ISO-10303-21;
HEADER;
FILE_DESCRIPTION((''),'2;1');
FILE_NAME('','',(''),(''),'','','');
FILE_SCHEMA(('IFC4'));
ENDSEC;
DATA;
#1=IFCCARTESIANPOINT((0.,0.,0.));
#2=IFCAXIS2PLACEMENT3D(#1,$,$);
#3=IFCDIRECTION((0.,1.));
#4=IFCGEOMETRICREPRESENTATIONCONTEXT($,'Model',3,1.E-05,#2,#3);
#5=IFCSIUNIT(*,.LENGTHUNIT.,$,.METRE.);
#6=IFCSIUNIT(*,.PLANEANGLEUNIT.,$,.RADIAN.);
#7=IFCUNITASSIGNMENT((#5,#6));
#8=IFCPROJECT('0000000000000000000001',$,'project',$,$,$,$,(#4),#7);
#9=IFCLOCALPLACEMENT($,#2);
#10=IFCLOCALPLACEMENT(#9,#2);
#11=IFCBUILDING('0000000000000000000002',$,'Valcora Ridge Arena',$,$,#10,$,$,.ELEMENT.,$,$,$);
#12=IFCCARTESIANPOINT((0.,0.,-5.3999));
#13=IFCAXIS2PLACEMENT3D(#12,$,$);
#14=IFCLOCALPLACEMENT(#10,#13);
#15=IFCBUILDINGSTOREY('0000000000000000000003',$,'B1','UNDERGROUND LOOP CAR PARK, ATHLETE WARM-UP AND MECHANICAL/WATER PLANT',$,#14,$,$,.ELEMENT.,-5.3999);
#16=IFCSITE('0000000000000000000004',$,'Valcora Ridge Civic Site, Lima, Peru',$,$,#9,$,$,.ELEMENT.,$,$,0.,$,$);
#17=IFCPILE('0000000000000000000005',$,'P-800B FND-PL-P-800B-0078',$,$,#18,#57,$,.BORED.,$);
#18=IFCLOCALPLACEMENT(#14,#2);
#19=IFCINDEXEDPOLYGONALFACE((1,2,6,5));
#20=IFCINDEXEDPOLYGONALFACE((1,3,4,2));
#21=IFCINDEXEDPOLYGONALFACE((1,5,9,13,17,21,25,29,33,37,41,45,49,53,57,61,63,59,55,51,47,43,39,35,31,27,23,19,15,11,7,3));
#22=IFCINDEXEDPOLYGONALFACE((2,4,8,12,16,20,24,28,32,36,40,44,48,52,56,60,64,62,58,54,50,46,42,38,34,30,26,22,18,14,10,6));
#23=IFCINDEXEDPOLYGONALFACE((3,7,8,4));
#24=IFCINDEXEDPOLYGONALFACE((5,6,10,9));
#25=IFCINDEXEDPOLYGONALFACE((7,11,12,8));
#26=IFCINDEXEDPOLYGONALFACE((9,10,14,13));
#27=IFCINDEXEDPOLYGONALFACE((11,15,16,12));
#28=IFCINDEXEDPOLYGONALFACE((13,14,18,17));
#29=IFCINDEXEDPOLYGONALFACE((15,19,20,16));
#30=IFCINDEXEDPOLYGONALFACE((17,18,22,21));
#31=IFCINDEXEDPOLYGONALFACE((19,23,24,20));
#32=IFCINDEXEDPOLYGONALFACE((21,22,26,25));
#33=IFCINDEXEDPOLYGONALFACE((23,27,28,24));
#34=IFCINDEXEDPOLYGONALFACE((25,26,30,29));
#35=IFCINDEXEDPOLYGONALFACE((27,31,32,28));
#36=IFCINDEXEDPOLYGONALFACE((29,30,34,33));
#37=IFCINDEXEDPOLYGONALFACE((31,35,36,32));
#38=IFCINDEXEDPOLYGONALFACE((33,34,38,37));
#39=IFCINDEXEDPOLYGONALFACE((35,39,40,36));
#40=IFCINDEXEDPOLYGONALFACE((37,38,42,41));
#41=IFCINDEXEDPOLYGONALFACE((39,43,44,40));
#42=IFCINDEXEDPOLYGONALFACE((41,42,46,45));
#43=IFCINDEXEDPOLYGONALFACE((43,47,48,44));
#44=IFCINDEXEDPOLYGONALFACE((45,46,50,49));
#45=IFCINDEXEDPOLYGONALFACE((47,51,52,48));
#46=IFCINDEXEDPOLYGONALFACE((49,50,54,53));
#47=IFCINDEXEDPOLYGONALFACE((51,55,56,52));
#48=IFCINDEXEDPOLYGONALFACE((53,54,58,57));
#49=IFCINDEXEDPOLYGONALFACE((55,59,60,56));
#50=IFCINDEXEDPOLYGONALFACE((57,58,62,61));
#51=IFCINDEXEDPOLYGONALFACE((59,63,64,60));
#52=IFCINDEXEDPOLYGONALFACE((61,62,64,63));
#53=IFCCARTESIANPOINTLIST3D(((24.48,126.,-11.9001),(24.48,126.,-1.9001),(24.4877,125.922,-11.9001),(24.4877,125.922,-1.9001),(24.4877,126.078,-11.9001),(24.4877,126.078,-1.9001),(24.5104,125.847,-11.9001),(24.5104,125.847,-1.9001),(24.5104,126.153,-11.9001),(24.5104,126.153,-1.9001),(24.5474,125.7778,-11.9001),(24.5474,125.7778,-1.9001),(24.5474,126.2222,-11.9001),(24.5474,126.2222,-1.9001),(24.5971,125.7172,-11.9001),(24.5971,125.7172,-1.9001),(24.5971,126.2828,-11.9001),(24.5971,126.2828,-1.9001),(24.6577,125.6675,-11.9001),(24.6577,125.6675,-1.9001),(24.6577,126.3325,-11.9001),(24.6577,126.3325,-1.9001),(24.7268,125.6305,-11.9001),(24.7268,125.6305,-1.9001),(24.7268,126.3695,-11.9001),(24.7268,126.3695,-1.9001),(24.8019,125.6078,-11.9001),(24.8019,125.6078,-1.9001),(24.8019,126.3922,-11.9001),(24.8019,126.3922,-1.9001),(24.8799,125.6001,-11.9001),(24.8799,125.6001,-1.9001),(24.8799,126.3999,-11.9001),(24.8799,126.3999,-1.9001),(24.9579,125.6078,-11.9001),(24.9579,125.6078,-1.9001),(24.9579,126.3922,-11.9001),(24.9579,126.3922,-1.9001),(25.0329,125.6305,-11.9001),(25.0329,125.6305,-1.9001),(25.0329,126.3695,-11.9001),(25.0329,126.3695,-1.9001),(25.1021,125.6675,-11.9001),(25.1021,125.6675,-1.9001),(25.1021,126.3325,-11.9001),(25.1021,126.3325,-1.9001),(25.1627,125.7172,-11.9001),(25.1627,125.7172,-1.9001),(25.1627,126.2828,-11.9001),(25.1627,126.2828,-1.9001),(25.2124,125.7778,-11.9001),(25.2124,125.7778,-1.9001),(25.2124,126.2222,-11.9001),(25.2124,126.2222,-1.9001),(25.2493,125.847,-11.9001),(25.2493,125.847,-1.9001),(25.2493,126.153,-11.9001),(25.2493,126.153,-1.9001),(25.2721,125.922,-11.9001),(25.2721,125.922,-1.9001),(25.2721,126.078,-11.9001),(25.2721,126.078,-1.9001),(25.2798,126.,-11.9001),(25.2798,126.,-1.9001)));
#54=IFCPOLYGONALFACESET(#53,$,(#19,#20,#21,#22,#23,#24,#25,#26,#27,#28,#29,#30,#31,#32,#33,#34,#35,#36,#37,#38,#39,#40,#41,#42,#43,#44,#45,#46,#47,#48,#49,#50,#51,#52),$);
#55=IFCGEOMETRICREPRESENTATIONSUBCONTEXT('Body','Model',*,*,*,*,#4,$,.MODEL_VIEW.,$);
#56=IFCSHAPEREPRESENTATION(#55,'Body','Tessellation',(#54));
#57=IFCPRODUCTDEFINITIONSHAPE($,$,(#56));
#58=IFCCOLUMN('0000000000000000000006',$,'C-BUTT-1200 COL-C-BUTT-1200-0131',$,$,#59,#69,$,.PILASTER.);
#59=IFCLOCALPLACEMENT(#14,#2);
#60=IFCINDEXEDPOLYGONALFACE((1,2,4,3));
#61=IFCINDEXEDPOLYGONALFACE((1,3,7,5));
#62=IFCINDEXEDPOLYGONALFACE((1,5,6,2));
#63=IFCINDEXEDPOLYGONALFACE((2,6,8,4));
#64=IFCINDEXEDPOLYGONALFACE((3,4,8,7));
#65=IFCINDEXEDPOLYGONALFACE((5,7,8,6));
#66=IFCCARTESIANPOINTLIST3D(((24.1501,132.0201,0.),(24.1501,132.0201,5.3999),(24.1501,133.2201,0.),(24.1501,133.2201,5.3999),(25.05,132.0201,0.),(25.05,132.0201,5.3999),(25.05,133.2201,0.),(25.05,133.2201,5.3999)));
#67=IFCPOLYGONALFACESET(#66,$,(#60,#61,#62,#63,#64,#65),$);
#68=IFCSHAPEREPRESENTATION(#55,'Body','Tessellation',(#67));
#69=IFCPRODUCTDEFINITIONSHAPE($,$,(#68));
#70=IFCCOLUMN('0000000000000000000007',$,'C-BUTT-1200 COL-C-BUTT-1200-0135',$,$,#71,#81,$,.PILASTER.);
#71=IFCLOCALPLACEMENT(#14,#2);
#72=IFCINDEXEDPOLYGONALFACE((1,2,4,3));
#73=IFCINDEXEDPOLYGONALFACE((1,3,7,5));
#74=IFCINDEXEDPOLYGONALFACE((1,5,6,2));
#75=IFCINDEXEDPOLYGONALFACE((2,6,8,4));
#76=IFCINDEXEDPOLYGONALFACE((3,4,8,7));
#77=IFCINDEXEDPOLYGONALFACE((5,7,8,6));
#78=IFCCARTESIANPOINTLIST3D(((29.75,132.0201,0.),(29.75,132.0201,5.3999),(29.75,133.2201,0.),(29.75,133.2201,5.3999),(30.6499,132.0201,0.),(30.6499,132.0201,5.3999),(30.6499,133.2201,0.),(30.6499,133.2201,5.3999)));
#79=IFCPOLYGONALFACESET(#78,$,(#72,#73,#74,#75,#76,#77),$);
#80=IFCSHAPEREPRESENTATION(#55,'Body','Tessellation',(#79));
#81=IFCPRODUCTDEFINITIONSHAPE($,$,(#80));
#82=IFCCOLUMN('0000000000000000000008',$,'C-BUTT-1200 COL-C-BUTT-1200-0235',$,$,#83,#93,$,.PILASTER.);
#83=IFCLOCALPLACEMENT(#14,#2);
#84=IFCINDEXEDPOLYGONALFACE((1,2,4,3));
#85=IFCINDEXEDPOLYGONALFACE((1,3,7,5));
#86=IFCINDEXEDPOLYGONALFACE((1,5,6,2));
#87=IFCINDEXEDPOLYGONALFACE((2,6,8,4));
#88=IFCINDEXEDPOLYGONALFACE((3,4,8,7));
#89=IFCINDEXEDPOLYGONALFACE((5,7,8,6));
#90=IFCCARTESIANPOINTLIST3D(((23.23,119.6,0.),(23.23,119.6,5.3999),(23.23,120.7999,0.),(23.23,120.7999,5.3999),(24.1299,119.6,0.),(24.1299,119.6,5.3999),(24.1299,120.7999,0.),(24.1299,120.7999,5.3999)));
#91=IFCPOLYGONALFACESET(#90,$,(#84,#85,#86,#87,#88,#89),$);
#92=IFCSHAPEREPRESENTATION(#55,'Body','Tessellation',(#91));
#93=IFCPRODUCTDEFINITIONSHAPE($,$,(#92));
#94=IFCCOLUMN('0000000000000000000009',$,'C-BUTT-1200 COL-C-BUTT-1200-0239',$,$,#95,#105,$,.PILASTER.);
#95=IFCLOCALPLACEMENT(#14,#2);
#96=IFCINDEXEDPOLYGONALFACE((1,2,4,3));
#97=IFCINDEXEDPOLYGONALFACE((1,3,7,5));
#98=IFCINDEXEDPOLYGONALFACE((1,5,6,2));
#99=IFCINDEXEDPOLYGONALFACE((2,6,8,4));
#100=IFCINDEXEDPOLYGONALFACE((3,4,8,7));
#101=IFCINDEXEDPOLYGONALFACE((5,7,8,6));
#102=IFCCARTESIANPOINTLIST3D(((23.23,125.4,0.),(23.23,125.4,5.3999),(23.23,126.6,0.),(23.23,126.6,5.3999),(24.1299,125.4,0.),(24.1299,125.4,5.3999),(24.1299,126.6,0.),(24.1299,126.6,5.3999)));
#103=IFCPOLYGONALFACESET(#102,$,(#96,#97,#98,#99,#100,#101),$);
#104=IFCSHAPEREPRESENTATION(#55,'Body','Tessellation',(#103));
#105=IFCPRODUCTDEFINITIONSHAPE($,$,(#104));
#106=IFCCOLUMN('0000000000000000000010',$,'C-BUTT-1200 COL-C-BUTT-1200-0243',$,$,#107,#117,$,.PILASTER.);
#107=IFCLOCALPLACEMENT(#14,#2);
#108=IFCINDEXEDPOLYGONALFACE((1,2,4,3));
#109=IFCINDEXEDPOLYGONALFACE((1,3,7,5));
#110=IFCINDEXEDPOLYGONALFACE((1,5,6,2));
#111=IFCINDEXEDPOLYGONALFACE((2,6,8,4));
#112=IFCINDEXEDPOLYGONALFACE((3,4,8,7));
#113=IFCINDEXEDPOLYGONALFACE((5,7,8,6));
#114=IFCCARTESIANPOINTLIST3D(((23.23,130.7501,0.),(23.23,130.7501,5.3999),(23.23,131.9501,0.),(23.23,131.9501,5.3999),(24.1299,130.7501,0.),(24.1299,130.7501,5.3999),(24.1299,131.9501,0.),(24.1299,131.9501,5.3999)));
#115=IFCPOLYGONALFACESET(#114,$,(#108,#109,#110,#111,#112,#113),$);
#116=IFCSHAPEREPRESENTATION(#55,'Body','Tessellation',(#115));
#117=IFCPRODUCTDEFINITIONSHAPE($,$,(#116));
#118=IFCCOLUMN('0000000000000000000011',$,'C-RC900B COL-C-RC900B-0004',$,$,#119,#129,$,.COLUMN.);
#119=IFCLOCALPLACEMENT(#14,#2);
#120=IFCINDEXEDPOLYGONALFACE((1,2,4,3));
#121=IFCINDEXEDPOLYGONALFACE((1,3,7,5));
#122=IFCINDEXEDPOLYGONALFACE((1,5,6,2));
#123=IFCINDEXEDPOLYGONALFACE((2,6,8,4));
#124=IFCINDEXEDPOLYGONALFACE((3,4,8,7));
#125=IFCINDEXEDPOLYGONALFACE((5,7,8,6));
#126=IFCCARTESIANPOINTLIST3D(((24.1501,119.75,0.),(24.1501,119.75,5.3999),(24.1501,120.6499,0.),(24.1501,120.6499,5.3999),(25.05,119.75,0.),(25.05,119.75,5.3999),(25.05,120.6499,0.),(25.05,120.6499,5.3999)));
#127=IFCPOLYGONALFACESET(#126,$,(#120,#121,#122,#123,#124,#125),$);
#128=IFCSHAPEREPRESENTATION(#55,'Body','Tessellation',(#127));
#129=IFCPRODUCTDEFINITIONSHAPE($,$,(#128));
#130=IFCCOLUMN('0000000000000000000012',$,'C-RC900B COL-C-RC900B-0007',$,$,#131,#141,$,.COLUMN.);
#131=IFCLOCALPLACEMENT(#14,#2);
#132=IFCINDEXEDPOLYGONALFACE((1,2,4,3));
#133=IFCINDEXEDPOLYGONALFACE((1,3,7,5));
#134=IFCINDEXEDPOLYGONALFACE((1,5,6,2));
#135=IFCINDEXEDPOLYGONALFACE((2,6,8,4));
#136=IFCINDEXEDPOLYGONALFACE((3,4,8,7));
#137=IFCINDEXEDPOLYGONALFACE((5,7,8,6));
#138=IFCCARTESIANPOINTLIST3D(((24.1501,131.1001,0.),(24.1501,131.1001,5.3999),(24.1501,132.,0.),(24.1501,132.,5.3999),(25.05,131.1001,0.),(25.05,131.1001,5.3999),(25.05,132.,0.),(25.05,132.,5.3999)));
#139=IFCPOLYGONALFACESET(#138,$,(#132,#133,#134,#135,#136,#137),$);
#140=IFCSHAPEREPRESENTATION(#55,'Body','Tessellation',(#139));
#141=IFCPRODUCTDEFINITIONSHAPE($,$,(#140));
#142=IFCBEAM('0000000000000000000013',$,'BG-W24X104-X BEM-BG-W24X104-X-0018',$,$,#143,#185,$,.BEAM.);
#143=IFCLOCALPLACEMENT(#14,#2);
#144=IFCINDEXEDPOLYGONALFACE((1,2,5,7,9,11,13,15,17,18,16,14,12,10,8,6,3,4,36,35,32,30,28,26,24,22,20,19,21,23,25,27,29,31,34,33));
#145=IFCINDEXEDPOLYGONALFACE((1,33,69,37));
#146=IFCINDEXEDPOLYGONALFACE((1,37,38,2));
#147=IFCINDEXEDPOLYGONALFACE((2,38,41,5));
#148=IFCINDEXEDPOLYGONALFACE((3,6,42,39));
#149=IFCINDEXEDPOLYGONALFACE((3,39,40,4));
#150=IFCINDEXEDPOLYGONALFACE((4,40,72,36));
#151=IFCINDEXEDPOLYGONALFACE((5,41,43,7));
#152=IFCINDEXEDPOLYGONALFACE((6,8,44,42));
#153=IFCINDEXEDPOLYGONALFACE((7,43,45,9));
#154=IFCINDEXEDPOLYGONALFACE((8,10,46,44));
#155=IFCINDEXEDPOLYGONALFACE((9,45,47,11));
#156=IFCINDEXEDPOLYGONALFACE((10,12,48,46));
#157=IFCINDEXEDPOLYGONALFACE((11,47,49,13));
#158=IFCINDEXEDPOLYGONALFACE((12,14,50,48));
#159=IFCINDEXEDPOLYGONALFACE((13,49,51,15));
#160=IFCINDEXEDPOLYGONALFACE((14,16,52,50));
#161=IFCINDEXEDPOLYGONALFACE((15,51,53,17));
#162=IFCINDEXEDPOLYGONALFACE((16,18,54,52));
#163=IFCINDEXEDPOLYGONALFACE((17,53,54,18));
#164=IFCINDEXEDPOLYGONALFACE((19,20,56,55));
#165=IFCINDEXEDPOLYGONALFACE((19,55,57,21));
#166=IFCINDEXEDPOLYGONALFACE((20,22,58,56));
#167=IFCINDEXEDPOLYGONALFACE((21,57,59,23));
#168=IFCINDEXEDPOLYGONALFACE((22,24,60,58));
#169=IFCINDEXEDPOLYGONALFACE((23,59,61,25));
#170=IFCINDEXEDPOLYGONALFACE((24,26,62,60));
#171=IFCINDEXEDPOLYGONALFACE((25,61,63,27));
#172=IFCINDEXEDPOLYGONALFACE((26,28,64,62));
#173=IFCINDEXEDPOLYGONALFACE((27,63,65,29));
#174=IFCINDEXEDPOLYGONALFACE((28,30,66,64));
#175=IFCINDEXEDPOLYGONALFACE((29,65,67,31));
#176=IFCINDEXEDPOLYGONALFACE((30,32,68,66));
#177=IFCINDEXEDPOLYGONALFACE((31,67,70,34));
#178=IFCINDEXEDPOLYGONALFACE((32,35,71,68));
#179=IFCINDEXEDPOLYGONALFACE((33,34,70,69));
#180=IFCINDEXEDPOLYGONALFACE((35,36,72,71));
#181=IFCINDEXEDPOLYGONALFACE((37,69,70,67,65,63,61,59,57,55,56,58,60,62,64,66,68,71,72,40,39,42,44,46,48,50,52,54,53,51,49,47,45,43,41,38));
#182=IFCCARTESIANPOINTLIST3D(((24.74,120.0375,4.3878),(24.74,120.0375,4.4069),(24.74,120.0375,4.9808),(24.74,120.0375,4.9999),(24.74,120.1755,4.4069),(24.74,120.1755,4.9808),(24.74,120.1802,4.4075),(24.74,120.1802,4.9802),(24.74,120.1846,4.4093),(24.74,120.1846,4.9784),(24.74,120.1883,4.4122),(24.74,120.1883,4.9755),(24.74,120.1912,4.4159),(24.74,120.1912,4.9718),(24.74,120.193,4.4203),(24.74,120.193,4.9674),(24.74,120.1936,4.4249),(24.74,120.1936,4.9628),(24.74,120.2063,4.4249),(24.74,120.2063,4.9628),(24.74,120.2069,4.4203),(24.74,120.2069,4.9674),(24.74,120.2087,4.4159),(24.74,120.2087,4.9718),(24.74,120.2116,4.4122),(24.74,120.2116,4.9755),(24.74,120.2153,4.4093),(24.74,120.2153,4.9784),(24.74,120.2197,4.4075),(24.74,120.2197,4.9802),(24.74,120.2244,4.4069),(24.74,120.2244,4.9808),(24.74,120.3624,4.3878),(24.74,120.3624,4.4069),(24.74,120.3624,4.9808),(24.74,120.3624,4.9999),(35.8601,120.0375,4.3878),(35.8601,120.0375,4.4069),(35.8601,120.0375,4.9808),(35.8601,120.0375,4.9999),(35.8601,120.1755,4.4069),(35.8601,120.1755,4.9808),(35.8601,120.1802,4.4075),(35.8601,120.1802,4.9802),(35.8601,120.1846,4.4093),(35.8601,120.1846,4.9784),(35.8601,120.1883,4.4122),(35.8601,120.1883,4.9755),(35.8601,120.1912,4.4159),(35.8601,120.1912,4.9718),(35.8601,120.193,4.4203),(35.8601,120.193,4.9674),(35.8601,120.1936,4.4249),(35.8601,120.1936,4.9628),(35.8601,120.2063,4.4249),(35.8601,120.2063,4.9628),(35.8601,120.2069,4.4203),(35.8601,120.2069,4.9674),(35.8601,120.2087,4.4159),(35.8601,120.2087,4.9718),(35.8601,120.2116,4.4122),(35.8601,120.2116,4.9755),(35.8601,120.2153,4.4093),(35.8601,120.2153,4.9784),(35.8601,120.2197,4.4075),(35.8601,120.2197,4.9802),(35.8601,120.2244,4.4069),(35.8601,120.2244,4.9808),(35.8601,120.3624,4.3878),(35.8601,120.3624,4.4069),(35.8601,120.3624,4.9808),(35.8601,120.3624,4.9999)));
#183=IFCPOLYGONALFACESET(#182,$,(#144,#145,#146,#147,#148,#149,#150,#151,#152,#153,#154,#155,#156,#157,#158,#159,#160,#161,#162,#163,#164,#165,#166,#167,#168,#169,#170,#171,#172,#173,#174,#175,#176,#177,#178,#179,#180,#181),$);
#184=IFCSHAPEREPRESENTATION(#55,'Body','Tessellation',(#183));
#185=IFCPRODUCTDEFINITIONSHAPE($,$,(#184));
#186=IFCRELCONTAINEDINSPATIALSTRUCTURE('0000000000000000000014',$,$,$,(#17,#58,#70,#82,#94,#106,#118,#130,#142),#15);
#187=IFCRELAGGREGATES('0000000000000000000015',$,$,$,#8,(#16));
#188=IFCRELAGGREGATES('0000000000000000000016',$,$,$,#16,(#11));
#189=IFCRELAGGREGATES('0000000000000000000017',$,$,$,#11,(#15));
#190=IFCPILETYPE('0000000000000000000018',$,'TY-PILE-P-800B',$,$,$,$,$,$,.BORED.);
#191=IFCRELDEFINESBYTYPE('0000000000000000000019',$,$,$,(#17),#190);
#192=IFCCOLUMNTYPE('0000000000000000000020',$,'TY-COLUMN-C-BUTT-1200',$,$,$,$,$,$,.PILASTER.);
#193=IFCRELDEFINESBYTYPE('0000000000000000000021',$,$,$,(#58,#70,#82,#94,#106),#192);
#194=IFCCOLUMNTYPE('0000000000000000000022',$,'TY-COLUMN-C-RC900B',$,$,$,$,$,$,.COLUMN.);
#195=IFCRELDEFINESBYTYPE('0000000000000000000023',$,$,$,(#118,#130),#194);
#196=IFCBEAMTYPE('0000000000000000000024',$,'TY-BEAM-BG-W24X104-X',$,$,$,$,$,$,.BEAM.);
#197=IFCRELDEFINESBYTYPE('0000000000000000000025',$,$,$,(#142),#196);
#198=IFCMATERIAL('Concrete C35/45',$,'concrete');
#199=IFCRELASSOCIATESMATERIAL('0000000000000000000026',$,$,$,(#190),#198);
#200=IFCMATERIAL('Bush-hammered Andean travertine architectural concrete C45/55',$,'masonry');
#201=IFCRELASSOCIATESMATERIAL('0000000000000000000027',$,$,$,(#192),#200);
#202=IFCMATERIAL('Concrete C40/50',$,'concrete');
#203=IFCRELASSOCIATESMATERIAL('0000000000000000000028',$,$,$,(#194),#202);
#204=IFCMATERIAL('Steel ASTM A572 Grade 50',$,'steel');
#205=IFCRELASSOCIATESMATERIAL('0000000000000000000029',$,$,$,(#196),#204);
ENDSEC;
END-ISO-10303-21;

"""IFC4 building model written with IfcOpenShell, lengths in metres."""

from ifc_helpers import new_model, si_unit, direction, frame, origin, origin_2d, place, context, subcontext, project, spatial, rectangle, circle, i_section, extrude, material, material_profile, profile_set, type_object, element, save


model = new_model("IFC4")

# Units and contexts
model_context = context("Model", 3, precision=1e-05, world=origin(), true_north=direction((0.0, 1.0)))
body_context = subcontext(model_context, "Body", "Model", "MODEL_VIEW")
ifc_project = project(units=[si_unit("LENGTHUNIT", "METRE"), si_unit("PLANEANGLEUNIT", "RADIAN")], contexts=[model_context])

# Site, building, storey
site_placement = place(None, origin())
site = spatial("IfcSite", under=ifc_project, at=site_placement, Name="Valcora Ridge Civic Site, Lima, Peru", CompositionType="ELEMENT", RefElevation=0.0)
building_placement = place(site_placement, origin())
building = spatial("IfcBuilding", under=site, at=building_placement, Name="Valcora Ridge Arena", CompositionType="ELEMENT")
storey_placement = place(building_placement, frame((0.0, 0.0, -5.3999)))
storey = spatial("IfcBuildingStorey", under=building, at=storey_placement, Name="B1", Description="UNDERGROUND LOOP CAR PARK, ATHLETE WARM-UP AND MECHANICAL/WATER PLANT", CompositionType="ELEMENT", Elevation=-5.3999)

# Shared definitions
ifc_material_1 = material(Name="Concrete C40/50", Category="concrete")

# Pile
ifc_material_2 = material(Name="Concrete C35/45", Category="concrete")
ifc_material_profile_1 = material_profile(ifc_material_2, circle(Radius=0.3999, at=origin_2d()), Name="BORED PILE D800")
ifc_profile_set_1 = profile_set([ifc_material_profile_1], Name="Concrete C35/45")
pile_type_1 = type_object("IfcPileType", Name="TY-PILE-P-800B", PredefinedType="BORED", material=ifc_profile_set_1)
for number, where, z_axis, x_axis, name in (
    (1, (24.8799, 126.0, -1.9001), (0.0, 0.0, -1.0), (1.0, 0.0, 0.0), "P-800B FND-PL-P-800B-0078"),
):
    element("IfcPile", number, at=place(storey_placement, frame(where, z_axis=z_axis, x_axis=x_axis)), inside=storey, type_object=pile_type_1, Name=name, PredefinedType="BORED", context=body_context, shape_type="SweptSolid", body=[
        extrude(circle(Radius=0.3999, at=origin_2d()), origin(), (0.0, 0.0, 1.0), 10.0),
    ])

# Columns
ifc_material_3 = material(Name="Bush-hammered Andean travertine architectural concrete C45/55", Category="masonry")
ifc_material_profile_2 = material_profile(ifc_material_3, rectangle(XDim=0.8999, YDim=1.2, at=origin_2d()), Name="RC 900x1200")
ifc_profile_set_2 = profile_set([ifc_material_profile_2], Name="Bush-hammered Andean travertine architectural concrete C45/55")
column_type_1 = type_object("IfcColumnType", Name="TY-COLUMN-C-BUTT-1200", PredefinedType="PILASTER", material=ifc_profile_set_2)
for number, where, z_axis, x_axis, name in (
    (2, (24.6001, 132.6201, 0.0), (0.0, 0.0, 1.0), (1.0, 0.0, 0.0), "C-BUTT-1200 COL-C-BUTT-1200-0131"),
    (3, (30.2, 132.6201, 0.0), (0.0, 0.0, 1.0), (1.0, 0.0, 0.0), "C-BUTT-1200 COL-C-BUTT-1200-0135"),
    (4, (23.6799, 120.2, 0.0), (0.0, 0.0, 1.0), (1.0, 0.0, 0.0), "C-BUTT-1200 COL-C-BUTT-1200-0235"),
    (5, (23.6799, 126.0, 0.0), (0.0, 0.0, 1.0), (1.0, 0.0, 0.0), "C-BUTT-1200 COL-C-BUTT-1200-0239"),
    (6, (23.6799, 131.3501, 0.0), (0.0, 0.0, 1.0), (1.0, 0.0, 0.0), "C-BUTT-1200 COL-C-BUTT-1200-0243"),
):
    element("IfcColumn", number, at=place(storey_placement, frame(where, z_axis=z_axis, x_axis=x_axis)), inside=storey, type_object=column_type_1, Name=name, PredefinedType="PILASTER", context=body_context, shape_type="SweptSolid", body=[
        extrude(rectangle(XDim=0.8999, YDim=1.2, at=origin_2d()), origin(), (0.0, 0.0, 1.0), 5.3999),
    ])
ifc_material_profile_3 = material_profile(ifc_material_1, rectangle(XDim=0.8999, YDim=0.8999, at=origin_2d()), Name="RC 900x900")
ifc_profile_set_3 = profile_set([ifc_material_profile_3], Name="Concrete C40/50")
column_type_2 = type_object("IfcColumnType", Name="TY-COLUMN-C-RC900B", PredefinedType="COLUMN", material=ifc_profile_set_3)
for number, where, z_axis, x_axis, name in (
    (7, (24.6001, 120.2, 0.0), (0.0, 0.0, 1.0), (1.0, 0.0, 0.0), "C-RC900B COL-C-RC900B-0004"),
    (8, (24.6001, 131.55, 0.0), (0.0, 0.0, 1.0), (1.0, 0.0, 0.0), "C-RC900B COL-C-RC900B-0007"),
):
    element("IfcColumn", number, at=place(storey_placement, frame(where, z_axis=z_axis, x_axis=x_axis)), inside=storey, type_object=column_type_2, Name=name, PredefinedType="COLUMN", context=body_context, shape_type="SweptSolid", body=[
        extrude(rectangle(XDim=0.8999, YDim=0.8999, at=origin_2d()), origin(), (0.0, 0.0, 1.0), 5.3999),
    ])

# Beam
ifc_material_4 = material(Name="Steel ASTM A572 Grade 50", Category="steel")
ifc_material_profile_4 = material_profile(ifc_material_4, i_section(OverallWidth=0.325, OverallDepth=0.6121, WebThickness=0.0127, FlangeThickness=0.019, FilletRadius=0.0181, at=origin_2d()), Name="W24X104")
ifc_profile_set_4 = profile_set([ifc_material_profile_4], Name="Steel ASTM A572 Grade 50")
beam_type_1 = type_object("IfcBeamType", Name="TY-BEAM-BG-W24X104-X", PredefinedType="BEAM", material=ifc_profile_set_4)
beam_1_placement = place(storey_placement, frame((24.74, 120.2, 4.6938), z_axis=(1.0, 0.0, 0.0), x_axis=(0.0, 1.0, 0.0)))
element("IfcBeam", 9, at=beam_1_placement, inside=storey, type_object=beam_type_1, Name="BG-W24X104-X BEM-BG-W24X104-X-0018", PredefinedType="BEAM", context=body_context, shape_type="SweptSolid", body=[
    extrude(i_section(OverallWidth=0.325, OverallDepth=0.6121, WebThickness=0.0127, FlangeThickness=0.019, FilletRadius=0.0181, at=origin_2d()), origin(), (0.0, 0.0, 1.0), 11.1201),
])

save(model, "model.ifc")
